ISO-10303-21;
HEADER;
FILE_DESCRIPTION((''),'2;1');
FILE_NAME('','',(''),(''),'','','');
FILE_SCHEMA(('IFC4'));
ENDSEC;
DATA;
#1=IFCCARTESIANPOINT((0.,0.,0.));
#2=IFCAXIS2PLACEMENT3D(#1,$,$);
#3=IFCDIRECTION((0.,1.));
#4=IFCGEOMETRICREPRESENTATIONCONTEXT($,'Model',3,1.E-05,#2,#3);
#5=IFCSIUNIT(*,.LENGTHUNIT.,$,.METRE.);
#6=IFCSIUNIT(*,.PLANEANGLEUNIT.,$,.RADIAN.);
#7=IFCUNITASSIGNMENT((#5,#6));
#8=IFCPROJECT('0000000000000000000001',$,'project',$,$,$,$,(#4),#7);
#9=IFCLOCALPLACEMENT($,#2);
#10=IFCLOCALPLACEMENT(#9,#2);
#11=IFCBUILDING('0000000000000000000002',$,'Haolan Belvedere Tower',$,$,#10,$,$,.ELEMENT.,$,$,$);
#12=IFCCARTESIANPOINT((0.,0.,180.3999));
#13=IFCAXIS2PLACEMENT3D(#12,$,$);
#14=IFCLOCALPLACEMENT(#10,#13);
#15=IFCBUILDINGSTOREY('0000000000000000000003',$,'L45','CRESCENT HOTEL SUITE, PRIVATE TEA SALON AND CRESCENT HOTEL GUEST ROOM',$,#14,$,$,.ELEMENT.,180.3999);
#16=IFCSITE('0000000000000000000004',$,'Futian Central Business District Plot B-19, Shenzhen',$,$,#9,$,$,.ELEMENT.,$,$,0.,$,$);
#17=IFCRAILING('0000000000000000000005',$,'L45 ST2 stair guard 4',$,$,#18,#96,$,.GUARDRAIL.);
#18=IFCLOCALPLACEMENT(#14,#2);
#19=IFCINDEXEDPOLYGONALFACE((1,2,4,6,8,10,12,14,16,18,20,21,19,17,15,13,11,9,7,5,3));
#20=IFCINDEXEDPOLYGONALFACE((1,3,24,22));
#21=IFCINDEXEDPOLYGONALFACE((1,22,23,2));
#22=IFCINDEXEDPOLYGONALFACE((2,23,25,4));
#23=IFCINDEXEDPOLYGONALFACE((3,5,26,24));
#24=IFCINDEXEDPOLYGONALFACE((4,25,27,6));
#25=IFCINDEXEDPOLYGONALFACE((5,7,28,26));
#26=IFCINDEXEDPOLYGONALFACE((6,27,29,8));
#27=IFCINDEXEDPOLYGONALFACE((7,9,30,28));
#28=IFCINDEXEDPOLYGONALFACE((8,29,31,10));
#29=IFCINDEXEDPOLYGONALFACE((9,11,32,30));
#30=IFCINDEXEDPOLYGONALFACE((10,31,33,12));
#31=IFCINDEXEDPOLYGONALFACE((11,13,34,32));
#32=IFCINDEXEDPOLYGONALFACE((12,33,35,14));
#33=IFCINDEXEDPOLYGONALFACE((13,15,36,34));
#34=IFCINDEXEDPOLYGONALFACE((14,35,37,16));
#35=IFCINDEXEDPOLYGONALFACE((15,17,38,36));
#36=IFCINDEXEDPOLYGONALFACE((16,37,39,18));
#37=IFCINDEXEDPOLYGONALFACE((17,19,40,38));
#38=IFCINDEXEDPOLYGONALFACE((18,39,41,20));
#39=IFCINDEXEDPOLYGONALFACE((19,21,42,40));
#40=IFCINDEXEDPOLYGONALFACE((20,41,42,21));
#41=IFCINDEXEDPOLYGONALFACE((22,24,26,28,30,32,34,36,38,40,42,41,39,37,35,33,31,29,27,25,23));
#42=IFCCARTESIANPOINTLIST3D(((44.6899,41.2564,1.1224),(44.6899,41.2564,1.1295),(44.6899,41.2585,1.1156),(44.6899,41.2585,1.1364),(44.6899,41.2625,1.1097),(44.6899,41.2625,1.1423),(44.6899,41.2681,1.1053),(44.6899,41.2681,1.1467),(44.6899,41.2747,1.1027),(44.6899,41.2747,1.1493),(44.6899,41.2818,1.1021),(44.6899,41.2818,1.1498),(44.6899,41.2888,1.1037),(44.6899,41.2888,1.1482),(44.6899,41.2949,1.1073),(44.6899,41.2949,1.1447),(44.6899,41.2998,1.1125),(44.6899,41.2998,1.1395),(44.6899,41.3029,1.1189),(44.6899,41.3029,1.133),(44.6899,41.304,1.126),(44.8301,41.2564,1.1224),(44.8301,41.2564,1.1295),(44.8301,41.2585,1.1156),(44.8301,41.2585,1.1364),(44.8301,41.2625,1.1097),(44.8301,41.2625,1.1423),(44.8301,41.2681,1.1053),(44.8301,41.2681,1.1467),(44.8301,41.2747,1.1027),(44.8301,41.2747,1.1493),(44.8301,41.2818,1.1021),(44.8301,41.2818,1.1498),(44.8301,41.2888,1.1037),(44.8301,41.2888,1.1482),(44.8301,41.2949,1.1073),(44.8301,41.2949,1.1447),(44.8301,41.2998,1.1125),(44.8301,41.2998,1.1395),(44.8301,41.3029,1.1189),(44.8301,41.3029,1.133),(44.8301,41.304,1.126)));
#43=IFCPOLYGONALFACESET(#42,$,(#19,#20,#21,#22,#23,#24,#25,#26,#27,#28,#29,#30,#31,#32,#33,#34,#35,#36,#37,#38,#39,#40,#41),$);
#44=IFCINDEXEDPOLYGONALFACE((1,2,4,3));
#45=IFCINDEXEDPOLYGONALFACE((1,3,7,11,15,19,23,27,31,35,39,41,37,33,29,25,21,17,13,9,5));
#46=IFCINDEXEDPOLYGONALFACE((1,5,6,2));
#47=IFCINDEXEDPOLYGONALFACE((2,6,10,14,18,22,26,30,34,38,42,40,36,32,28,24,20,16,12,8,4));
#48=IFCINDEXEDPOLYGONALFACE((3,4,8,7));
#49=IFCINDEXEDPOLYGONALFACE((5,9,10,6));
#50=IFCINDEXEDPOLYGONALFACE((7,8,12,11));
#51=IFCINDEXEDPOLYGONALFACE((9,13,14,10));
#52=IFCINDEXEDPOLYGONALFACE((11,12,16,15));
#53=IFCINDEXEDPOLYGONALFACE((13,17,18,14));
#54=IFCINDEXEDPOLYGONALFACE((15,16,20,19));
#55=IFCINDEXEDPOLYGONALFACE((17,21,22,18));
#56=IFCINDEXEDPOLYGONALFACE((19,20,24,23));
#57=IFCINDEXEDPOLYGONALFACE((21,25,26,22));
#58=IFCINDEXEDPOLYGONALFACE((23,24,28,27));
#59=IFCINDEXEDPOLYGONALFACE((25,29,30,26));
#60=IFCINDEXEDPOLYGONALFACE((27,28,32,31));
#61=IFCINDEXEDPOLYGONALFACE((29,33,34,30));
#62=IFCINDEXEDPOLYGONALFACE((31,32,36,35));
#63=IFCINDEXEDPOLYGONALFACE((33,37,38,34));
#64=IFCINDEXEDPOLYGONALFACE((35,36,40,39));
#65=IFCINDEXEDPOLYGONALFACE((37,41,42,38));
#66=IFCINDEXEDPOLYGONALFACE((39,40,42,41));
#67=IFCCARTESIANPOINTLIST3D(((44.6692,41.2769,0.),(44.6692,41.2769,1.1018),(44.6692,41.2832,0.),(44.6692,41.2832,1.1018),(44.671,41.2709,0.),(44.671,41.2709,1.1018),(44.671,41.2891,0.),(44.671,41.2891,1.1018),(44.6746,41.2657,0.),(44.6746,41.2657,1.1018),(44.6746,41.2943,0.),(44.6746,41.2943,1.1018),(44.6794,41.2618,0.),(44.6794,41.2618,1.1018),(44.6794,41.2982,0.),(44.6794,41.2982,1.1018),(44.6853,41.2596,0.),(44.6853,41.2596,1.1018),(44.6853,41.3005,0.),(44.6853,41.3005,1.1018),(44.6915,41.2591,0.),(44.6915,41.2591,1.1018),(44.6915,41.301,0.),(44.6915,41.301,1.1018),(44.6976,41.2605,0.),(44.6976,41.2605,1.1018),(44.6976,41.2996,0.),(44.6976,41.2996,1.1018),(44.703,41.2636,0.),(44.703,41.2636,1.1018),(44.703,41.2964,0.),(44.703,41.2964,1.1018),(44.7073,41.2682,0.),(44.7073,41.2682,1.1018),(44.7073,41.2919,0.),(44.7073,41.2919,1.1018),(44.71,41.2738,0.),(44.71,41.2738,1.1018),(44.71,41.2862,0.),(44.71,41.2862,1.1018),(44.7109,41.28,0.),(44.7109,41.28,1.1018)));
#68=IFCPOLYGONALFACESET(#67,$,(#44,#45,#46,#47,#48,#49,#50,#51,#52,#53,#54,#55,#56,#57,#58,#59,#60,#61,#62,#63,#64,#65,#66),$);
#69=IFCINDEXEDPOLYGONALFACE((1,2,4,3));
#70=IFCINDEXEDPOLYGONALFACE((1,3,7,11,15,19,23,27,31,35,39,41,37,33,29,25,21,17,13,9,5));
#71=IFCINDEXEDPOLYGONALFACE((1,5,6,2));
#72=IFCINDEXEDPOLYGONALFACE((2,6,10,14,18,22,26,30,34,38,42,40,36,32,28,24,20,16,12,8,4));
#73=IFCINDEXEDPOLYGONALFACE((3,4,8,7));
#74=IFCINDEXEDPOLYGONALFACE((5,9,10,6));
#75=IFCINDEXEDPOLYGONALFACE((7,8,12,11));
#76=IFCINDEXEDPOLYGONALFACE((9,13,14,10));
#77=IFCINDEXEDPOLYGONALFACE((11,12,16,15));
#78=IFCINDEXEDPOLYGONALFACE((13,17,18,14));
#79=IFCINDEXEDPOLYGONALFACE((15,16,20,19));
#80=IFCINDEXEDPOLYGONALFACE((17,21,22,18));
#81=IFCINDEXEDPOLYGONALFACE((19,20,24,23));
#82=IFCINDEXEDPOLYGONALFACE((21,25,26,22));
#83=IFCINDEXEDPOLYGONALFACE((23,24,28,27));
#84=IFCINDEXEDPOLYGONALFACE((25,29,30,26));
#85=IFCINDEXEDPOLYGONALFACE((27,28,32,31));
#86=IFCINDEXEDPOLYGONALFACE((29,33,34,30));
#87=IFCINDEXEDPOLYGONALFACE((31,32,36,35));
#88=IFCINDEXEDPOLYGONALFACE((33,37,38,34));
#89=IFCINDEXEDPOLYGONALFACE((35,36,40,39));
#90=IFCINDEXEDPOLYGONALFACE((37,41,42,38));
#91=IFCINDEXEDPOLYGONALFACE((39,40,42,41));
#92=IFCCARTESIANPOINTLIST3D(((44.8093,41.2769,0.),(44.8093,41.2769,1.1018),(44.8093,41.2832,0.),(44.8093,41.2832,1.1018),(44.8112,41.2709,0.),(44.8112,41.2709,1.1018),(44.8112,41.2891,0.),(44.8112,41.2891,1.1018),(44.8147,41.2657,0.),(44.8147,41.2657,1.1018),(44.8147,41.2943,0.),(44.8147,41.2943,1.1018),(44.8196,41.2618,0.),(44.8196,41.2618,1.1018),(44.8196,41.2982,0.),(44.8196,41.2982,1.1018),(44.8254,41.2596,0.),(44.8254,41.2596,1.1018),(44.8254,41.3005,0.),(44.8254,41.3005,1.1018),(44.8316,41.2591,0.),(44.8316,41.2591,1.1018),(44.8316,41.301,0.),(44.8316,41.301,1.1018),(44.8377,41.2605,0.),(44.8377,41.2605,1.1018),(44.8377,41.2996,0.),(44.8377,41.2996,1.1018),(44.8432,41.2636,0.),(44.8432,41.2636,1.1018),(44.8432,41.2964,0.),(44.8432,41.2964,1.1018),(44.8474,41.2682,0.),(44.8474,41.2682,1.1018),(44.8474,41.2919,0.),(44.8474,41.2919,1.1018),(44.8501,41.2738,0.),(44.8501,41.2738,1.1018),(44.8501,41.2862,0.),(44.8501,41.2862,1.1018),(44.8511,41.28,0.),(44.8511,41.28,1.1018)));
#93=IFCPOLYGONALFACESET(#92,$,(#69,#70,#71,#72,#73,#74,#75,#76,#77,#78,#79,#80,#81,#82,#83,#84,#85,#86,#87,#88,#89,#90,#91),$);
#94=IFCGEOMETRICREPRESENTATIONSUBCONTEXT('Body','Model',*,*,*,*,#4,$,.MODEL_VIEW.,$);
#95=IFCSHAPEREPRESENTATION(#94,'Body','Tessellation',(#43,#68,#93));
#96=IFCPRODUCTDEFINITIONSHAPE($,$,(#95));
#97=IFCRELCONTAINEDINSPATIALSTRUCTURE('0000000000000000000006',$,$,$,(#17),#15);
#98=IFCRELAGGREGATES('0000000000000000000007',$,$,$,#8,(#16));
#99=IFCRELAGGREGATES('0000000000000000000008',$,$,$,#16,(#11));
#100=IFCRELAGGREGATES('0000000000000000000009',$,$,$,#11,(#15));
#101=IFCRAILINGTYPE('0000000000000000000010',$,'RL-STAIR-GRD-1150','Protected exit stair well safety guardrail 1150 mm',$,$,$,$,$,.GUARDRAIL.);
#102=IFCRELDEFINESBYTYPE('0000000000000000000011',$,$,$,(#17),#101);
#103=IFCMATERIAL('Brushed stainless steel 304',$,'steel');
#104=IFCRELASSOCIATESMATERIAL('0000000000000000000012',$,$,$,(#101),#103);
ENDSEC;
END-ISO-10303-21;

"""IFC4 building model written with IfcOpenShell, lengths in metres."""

from ifc_helpers import new_model, si_unit, direction, frame, origin, origin_2d, place, context, subcontext, project, spatial, circle, extrude, material, type_object, element, save


model = new_model("IFC4")

# Units and contexts
model_context = context("Model", 3, precision=1e-05, world=origin(), true_north=direction((0.0, 1.0)))
body_context = subcontext(model_context, "Body", "Model", "MODEL_VIEW")
ifc_project = project(units=[si_unit("LENGTHUNIT", "METRE"), si_unit("PLANEANGLEUNIT", "RADIAN")], contexts=[model_context])

# Site, building, storey
site_placement = place(None, origin())
site = spatial("IfcSite", under=ifc_project, at=site_placement, Name="Futian Central Business District Plot B-19, Shenzhen", CompositionType="ELEMENT", RefElevation=0.0)
building_placement = place(site_placement, origin())
building = spatial("IfcBuilding", under=site, at=building_placement, Name="Haolan Belvedere Tower", CompositionType="ELEMENT")
storey_placement = place(building_placement, frame((0.0, 0.0, 180.3999)))
storey = spatial("IfcBuildingStorey", under=building, at=storey_placement, Name="L45", Description="CRESCENT HOTEL SUITE, PRIVATE TEA SALON AND CRESCENT HOTEL GUEST ROOM", CompositionType="ELEMENT", Elevation=180.3999)

# Railing
ifc_material_1 = material(Name="Brushed stainless steel 304", Category="steel")
railing_type_1 = type_object("IfcRailingType", Name="RL-STAIR-GRD-1150", Description="Protected exit stair well safety guardrail 1150 mm", PredefinedType="GUARDRAIL", material=ifc_material_1)
railing_1_placement = place(storey_placement, frame((44.6899, 41.28, 0.0)))
element("IfcRailing", 1, at=railing_1_placement, inside=storey, type_object=railing_type_1, Name="L45 ST2 stair guard 4", PredefinedType="GUARDRAIL", context=body_context, shape_type="SweptSolid", body=[
    extrude(circle(Radius=0.0239, at=origin_2d()), frame((0.0, 0.0, 1.126), z_axis=(1.0, 0.0, 0.0), x_axis=(0.0, 1.0, 0.0)), (0.0, 0.0, 1.0), 0.1401),
    extrude(circle(Radius=0.021, at=origin_2d()), origin(), (0.0, 0.0, 1.0), 1.1018),
    extrude(circle(Radius=0.021, at=origin_2d()), frame((0.1401, 0.0, 0.0)), (0.0, 0.0, 1.0), 1.1018),
])

save(model, "model.ifc")
